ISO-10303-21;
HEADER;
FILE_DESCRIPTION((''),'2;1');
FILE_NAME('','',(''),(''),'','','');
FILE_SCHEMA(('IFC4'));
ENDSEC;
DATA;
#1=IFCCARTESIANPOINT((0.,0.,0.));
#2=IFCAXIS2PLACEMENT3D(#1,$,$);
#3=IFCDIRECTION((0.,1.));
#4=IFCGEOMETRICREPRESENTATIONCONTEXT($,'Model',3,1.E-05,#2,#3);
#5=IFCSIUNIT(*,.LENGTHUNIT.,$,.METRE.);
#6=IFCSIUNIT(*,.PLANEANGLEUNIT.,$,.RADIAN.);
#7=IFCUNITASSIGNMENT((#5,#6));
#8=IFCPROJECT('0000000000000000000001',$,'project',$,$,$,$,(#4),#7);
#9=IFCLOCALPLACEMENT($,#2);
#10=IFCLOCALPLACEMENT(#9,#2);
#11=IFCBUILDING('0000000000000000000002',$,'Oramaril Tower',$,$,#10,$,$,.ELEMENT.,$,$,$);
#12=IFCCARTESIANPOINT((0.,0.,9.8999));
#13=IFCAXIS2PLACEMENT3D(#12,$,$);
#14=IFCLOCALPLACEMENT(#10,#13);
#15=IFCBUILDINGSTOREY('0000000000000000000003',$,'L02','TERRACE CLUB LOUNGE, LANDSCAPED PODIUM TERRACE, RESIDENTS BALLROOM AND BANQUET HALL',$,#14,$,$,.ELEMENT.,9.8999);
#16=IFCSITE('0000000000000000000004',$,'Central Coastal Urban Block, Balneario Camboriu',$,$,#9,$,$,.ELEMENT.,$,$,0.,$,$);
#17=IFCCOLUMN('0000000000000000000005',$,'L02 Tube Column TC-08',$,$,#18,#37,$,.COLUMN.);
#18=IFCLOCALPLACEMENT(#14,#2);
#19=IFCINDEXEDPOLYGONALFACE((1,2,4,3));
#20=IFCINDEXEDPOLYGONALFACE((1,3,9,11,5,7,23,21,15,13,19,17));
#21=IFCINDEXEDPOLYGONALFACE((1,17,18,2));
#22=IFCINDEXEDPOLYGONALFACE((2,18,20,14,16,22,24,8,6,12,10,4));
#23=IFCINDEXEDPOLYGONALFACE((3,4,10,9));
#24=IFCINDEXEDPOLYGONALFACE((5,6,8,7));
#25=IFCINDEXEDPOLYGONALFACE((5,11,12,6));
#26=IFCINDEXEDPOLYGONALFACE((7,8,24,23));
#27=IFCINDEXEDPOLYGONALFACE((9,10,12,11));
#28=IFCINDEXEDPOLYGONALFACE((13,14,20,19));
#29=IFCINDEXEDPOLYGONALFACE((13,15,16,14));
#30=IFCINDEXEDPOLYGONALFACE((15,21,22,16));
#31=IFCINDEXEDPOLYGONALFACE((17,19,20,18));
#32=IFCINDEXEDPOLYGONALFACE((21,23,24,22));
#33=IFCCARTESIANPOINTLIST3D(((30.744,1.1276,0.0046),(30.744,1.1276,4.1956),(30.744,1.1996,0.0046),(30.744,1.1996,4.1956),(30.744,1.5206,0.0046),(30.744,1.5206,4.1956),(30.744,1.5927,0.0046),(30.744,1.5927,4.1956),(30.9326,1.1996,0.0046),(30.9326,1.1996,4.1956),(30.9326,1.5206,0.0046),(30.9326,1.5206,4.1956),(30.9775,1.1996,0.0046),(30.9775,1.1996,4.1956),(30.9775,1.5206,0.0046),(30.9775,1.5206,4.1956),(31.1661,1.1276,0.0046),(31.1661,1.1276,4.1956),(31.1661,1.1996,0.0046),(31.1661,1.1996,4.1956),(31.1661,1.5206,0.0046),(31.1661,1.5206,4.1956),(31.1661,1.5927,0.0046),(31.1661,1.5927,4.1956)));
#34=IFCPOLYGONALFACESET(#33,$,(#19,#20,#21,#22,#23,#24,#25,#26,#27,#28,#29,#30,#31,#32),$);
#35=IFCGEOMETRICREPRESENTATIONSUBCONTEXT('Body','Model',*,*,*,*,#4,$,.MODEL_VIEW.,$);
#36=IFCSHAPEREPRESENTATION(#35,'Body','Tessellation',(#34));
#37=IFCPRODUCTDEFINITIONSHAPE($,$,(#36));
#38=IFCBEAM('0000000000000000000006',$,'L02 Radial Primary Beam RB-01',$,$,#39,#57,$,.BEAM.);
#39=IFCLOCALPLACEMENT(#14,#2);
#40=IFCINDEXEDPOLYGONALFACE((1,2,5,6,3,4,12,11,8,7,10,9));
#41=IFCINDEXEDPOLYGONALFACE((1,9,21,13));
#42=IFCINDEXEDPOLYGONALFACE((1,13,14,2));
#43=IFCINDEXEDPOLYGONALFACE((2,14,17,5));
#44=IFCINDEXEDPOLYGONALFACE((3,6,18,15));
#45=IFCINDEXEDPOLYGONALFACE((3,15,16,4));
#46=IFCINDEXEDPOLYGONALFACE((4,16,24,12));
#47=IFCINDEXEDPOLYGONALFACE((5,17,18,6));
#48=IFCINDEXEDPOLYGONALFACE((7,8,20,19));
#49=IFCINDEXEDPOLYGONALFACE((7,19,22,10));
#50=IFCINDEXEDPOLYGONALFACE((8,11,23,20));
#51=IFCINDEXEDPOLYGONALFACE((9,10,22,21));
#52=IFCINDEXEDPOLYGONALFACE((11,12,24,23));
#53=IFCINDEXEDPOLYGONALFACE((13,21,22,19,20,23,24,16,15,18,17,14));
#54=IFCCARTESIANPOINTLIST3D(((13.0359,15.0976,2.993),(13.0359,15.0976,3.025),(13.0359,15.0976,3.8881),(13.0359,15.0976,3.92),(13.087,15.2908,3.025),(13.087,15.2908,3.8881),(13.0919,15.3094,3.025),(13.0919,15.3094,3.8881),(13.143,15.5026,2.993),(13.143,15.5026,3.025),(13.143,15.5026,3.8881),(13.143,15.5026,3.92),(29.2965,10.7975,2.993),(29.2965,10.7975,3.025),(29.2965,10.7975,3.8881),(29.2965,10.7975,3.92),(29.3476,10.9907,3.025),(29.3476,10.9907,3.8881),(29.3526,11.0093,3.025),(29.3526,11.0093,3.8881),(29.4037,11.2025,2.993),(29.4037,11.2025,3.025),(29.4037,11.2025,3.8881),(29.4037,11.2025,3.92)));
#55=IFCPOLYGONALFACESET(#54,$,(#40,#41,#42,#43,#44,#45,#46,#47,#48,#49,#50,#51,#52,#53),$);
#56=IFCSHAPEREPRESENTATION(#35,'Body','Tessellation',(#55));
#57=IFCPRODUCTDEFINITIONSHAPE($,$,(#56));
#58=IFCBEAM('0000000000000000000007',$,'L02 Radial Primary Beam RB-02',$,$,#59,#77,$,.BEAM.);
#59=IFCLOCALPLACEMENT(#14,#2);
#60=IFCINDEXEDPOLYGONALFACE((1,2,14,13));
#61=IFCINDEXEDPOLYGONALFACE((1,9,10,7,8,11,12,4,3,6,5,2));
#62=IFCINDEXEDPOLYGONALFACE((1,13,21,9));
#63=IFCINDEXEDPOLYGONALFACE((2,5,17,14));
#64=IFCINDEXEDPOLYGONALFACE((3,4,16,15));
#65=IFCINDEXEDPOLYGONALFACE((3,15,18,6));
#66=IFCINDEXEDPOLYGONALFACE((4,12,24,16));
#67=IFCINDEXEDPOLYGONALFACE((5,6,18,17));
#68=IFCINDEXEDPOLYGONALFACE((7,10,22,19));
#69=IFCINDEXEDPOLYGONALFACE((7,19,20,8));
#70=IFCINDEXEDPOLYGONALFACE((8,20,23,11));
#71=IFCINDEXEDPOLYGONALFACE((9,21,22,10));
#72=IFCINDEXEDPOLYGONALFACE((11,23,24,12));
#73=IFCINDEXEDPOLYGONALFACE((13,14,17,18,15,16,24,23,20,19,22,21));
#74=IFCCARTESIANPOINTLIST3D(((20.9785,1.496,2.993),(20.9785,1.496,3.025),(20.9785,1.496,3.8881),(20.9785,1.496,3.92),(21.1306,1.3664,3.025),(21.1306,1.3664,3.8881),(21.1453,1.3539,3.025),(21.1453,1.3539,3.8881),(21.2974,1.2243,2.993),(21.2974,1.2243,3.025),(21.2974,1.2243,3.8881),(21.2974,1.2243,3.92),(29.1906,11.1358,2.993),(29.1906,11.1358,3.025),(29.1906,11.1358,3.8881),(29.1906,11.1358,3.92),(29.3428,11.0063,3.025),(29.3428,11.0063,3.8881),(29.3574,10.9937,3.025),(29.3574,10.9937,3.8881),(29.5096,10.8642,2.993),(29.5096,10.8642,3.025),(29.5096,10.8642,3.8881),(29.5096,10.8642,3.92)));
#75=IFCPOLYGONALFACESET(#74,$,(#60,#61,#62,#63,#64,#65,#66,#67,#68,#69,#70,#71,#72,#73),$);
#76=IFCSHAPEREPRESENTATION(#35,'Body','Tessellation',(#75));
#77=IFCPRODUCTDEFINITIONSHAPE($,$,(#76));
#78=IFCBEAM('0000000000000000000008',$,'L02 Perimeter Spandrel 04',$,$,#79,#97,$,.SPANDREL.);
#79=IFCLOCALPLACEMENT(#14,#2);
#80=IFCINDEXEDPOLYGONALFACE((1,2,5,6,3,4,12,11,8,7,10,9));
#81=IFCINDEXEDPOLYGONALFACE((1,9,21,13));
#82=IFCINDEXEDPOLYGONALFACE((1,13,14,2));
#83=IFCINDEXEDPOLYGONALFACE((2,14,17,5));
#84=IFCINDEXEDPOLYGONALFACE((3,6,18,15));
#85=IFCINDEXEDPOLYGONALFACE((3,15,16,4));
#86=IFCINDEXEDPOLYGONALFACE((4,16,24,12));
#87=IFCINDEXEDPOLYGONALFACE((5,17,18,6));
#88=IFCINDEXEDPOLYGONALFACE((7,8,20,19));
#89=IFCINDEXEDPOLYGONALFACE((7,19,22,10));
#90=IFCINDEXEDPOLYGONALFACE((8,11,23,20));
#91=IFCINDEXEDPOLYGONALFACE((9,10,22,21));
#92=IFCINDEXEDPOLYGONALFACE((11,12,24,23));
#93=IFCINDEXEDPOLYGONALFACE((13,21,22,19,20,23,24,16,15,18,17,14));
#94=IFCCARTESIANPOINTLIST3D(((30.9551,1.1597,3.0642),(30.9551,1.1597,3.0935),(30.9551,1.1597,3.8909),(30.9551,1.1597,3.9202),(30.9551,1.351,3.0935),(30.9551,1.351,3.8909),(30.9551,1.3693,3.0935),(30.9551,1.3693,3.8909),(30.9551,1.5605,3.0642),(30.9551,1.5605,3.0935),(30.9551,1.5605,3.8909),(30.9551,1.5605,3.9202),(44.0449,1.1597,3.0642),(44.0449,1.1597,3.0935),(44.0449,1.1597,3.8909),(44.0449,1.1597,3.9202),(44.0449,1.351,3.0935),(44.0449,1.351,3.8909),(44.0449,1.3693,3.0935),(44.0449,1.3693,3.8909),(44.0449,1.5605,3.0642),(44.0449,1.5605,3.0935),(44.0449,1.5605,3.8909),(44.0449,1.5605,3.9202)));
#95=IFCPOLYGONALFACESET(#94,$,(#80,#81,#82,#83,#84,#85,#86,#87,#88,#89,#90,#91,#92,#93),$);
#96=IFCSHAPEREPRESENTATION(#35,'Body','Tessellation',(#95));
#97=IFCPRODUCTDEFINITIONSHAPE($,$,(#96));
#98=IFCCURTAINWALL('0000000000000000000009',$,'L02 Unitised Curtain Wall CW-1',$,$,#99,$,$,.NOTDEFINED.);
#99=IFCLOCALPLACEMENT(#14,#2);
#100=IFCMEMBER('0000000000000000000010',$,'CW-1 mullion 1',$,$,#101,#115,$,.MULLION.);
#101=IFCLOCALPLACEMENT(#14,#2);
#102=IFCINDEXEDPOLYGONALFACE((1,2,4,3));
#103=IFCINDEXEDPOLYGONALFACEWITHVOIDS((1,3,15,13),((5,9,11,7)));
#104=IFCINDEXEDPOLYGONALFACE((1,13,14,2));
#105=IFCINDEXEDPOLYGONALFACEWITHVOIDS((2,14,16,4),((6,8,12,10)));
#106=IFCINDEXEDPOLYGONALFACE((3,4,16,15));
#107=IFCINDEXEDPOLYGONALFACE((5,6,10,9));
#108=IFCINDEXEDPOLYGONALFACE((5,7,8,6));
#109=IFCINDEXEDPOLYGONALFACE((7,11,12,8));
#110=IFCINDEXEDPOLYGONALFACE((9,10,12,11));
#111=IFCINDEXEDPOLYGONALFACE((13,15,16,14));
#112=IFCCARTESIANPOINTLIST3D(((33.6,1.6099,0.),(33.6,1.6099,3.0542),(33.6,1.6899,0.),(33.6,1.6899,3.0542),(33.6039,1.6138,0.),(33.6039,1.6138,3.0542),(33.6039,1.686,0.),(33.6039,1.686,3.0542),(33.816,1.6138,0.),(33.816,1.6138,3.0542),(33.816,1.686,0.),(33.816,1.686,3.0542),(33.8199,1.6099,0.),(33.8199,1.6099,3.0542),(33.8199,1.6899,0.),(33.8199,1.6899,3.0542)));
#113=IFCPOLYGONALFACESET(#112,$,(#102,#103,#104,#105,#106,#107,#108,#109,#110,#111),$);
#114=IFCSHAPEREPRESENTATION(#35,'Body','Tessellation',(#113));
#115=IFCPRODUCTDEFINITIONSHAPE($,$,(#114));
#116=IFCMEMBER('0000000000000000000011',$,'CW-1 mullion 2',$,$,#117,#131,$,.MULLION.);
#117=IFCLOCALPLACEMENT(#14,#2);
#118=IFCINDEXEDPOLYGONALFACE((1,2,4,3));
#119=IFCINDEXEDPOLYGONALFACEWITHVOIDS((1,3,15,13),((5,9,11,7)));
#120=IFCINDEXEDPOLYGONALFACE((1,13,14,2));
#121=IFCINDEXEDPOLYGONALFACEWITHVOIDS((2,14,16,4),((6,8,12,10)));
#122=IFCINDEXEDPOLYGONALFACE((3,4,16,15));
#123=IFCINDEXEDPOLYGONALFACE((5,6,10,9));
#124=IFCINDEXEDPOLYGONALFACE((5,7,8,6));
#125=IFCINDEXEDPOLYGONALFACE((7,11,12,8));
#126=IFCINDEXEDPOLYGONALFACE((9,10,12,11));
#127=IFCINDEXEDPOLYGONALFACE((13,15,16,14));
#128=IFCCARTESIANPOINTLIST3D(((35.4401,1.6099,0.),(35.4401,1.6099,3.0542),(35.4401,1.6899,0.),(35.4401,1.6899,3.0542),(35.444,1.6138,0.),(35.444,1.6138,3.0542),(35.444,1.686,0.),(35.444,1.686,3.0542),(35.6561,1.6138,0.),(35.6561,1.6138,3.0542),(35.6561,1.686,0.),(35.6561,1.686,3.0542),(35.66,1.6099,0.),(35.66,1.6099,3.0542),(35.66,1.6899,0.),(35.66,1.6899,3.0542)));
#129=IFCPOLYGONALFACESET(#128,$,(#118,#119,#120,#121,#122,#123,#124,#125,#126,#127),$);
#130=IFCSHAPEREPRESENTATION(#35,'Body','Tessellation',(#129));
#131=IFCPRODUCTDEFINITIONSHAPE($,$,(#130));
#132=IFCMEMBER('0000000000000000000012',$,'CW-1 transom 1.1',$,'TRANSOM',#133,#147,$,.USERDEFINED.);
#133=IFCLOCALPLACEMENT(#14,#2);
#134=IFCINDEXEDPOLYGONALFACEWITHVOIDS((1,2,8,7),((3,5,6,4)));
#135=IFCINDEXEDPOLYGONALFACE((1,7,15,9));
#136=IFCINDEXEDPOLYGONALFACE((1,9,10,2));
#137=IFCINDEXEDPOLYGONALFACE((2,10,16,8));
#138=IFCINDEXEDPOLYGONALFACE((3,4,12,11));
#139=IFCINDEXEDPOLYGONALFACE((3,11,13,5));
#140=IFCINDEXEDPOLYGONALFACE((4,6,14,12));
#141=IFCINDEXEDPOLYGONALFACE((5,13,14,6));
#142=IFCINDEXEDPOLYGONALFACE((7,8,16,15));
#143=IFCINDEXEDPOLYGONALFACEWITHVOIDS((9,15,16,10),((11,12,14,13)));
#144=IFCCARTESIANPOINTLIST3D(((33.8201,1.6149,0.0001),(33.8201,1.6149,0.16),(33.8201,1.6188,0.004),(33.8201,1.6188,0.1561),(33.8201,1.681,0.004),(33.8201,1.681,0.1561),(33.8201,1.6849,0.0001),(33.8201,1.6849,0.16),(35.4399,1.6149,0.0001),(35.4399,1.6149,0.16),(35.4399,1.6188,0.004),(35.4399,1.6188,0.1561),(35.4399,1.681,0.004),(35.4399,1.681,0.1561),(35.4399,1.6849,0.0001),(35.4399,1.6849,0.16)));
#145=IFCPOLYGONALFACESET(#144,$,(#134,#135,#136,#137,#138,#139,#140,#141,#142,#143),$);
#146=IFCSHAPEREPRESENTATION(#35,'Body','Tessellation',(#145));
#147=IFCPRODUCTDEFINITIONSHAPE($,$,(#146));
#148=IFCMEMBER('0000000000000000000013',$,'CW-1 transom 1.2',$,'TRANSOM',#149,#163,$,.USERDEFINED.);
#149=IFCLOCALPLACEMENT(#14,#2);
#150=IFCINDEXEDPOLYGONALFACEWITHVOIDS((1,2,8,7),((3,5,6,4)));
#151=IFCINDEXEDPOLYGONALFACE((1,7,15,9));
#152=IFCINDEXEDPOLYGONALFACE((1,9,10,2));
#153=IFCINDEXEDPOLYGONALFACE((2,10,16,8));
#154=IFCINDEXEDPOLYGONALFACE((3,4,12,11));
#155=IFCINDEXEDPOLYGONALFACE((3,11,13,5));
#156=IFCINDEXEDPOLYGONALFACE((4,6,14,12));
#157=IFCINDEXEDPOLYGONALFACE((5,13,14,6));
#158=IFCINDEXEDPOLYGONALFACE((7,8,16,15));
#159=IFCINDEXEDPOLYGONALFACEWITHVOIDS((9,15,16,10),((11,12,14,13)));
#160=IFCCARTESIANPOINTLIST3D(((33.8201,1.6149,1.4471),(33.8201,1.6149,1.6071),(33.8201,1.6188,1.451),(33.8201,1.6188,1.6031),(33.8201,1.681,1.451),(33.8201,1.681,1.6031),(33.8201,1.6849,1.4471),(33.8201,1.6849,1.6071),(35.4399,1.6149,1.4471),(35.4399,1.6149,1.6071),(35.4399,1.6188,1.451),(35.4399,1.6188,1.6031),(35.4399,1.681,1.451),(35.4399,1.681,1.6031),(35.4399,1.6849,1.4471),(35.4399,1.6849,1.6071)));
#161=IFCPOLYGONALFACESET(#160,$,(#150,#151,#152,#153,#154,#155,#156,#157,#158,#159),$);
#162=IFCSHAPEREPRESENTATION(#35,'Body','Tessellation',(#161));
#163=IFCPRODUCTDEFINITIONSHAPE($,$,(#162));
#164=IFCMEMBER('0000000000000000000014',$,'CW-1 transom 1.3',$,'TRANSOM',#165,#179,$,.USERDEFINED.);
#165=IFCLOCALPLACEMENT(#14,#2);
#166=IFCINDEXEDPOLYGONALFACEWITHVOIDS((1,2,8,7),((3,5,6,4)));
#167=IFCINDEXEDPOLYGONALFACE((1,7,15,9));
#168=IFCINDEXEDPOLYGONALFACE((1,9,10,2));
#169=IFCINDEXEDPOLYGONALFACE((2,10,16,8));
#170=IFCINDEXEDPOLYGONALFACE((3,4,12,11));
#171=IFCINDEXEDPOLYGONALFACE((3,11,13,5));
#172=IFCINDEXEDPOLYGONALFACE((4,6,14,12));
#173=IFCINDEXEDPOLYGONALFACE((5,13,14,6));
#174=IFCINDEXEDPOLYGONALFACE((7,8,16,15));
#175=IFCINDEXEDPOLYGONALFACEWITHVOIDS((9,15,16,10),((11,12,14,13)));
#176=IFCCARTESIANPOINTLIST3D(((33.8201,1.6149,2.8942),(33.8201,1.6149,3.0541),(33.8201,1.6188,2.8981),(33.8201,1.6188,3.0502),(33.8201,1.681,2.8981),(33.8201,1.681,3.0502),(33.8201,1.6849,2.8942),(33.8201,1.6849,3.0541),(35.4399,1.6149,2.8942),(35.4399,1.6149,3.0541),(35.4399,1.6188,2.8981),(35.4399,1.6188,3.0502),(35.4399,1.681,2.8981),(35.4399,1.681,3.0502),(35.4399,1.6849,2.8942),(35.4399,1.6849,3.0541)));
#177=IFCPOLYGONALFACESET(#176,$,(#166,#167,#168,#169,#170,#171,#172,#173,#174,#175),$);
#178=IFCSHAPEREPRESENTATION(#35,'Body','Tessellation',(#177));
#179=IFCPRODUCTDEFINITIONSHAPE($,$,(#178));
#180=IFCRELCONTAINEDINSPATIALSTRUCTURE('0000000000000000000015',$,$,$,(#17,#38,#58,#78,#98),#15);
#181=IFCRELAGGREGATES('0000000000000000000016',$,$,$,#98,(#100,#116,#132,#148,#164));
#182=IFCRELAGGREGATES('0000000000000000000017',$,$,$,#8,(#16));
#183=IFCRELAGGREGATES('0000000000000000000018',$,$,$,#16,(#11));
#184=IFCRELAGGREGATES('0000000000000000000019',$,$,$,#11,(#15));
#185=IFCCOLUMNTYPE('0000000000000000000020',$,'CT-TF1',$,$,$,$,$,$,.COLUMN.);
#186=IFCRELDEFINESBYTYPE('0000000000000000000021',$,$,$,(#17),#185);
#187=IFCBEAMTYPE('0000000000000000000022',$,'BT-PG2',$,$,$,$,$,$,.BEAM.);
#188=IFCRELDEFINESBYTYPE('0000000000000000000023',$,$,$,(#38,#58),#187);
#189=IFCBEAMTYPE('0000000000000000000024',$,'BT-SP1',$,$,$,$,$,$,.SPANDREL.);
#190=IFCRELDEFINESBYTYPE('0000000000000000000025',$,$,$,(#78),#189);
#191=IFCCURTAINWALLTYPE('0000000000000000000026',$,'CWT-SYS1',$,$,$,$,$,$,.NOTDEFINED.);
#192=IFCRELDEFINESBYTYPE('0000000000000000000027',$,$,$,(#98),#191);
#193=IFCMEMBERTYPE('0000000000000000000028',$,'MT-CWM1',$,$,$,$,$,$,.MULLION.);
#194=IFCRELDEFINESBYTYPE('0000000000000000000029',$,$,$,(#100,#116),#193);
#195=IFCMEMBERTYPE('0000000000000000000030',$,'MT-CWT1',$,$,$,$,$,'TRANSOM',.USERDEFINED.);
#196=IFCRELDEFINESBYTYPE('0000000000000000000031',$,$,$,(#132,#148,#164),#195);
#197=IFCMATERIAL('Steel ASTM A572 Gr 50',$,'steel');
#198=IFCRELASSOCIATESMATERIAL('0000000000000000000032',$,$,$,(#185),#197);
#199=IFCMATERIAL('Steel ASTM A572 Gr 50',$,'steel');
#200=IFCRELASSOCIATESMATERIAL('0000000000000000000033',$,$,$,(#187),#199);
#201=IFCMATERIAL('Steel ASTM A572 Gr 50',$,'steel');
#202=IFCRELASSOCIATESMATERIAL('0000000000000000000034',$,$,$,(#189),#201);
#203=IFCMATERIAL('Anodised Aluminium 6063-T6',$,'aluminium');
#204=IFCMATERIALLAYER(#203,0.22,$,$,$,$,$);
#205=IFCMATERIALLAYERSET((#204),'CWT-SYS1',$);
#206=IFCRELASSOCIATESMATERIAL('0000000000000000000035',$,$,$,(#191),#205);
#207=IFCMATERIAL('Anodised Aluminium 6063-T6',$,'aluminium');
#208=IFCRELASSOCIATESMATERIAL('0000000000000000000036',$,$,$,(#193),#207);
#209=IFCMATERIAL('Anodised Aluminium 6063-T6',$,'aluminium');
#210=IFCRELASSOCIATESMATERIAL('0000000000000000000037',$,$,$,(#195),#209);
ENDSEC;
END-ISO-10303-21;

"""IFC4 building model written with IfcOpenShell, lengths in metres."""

from ifc_helpers import new_model, si_unit, direction, frame, origin, origin_2d, place, context, subcontext, project, spatial, hollow_rectangle, i_section, extrude, material, layer, layer_set, material_profile, profile_set, type_object, element, aggregate, save


model = new_model("IFC4")

# Units and contexts
model_context = context("Model", 3, precision=1e-05, world=origin(), true_north=direction((0.0, 1.0)))
body_context = subcontext(model_context, "Body", "Model", "MODEL_VIEW")
ifc_project = project(units=[si_unit("LENGTHUNIT", "METRE"), si_unit("PLANEANGLEUNIT", "RADIAN")], contexts=[model_context])

# Site, building, storey
site_placement = place(None, origin())
site = spatial("IfcSite", under=ifc_project, at=site_placement, Name="Central Coastal Urban Block, Balneario Camboriu", CompositionType="ELEMENT", RefElevation=0.0)
building_placement = place(site_placement, origin())
building = spatial("IfcBuilding", under=site, at=building_placement, Name="Oramaril Tower", CompositionType="ELEMENT")
storey_placement = place(building_placement, frame((0.0, 0.0, 9.8999)))
storey = spatial("IfcBuildingStorey", under=building, at=storey_placement, Name="L02", Description="TERRACE CLUB LOUNGE, LANDSCAPED PODIUM TERRACE, RESIDENTS BALLROOM AND BANQUET HALL", CompositionType="ELEMENT", Elevation=9.8999)

# Column
ifc_material_1 = material(Name="Steel ASTM A572 Gr 50", Category="steel")
ifc_material_profile_1 = material_profile(ifc_material_1, i_section(OverallWidth=0.4221, OverallDepth=0.4651, WebThickness=0.0449, FlangeThickness=0.072, at=origin_2d()), Name="W14X398")
ifc_profile_set_1 = profile_set([ifc_material_profile_1], Name="Steel ASTM A572 Gr 50")
column_type = type_object("IfcColumnType", Name="CT-TF1", PredefinedType="COLUMN", material=ifc_profile_set_1)
column_placement = place(storey_placement, frame((30.9551, 1.3601, 0.0046), z_axis=(0.0, 0.0, 1.0), x_axis=(1.0, 0.0, 0.0)))
element("IfcColumn", 1, at=column_placement, inside=storey, type_object=column_type, Name="L02 Tube Column TC-08", PredefinedType="COLUMN", context=body_context, shape_type="SweptSolid", body=[
    extrude(i_section(OverallWidth=0.4221, OverallDepth=0.4651, WebThickness=0.0449, FlangeThickness=0.072, at=origin_2d()), origin(), (0.0, 0.0, 1.0), 4.1909),
])

# Beams
ifc_material_2 = material(Name="Steel ASTM A572 Gr 50", Category="steel")
ifc_material_profile_2 = material_profile(ifc_material_2, i_section(OverallWidth=0.4189, OverallDepth=0.927, WebThickness=0.0193, FlangeThickness=0.032, at=origin_2d()), Name="W36X231")
ifc_profile_set_2 = profile_set([ifc_material_profile_2], Name="Steel ASTM A572 Gr 50")
beam_type_1 = type_object("IfcBeamType", Name="BT-PG2", PredefinedType="BEAM", material=ifc_profile_set_2)
beam_1_placement = place(storey_placement, frame((29.3501, 11.0, 3.4565), z_axis=(-0.966767, 0.255659, 0.0), x_axis=(-0.255659, -0.966767, 0.0)))
element("IfcBeam", 2, at=beam_1_placement, inside=storey, type_object=beam_type_1, Name="L02 Radial Primary Beam RB-01", PredefinedType="BEAM", context=body_context, shape_type="SweptSolid", body=[
    extrude(i_section(OverallWidth=0.4189, OverallDepth=0.927, WebThickness=0.0193, FlangeThickness=0.032, at=origin_2d()), origin(), (0.0, 0.0, 1.0), 16.8196),
])
beam_2_placement = place(storey_placement, frame((29.3501, 11.0, 3.4565), z_axis=(-0.648485, -0.761228, 0.0), x_axis=(0.761228, -0.648485, 0.0)))
element("IfcBeam", 3, at=beam_2_placement, inside=storey, type_object=beam_type_1, Name="L02 Radial Primary Beam RB-02", PredefinedType="BEAM", context=body_context, shape_type="SweptSolid", body=[
    extrude(i_section(OverallWidth=0.4189, OverallDepth=0.927, WebThickness=0.0193, FlangeThickness=0.032, at=origin_2d()), origin(), (0.0, 0.0, 1.0), 12.6636),
])
ifc_material_3 = material(Name="Steel ASTM A572 Gr 50", Category="steel")
ifc_material_profile_3 = material_profile(ifc_material_3, i_section(OverallWidth=0.4009, OverallDepth=0.856, WebThickness=0.0183, FlangeThickness=0.0293, at=origin_2d()), Name="W33X201")
ifc_profile_set_3 = profile_set([ifc_material_profile_3], Name="Steel ASTM A572 Gr 50")
beam_type_2 = type_object("IfcBeamType", Name="BT-SP1", PredefinedType="SPANDREL", material=ifc_profile_set_3)
beam_3_placement = place(storey_placement, frame((30.9551, 1.3601, 3.4922), z_axis=(1.0, 0.0, 0.0), x_axis=(0.0, 1.0, 0.0)))
element("IfcBeam", 4, at=beam_3_placement, inside=storey, type_object=beam_type_2, Name="L02 Perimeter Spandrel 04", PredefinedType="SPANDREL", context=body_context, shape_type="SweptSolid", body=[
    extrude(i_section(OverallWidth=0.4009, OverallDepth=0.856, WebThickness=0.0183, FlangeThickness=0.0293, at=origin_2d()), origin(), (0.0, 0.0, 1.0), 13.0898),
])

# Curtain wall, members
ifc_material_4 = material(Name="Anodised Aluminium 6063-T6", Category="aluminium")
ifc_layer_1 = layer(ifc_material_4, 0.22)
ifc_layer_set_1 = layer_set([ifc_layer_1], Name="CWT-SYS1")
curtain_wall_type = type_object("IfcCurtainWallType", Name="CWT-SYS1", PredefinedType="NOTDEFINED", material=ifc_layer_set_1)
curtain_wall_placement = place(storey_placement, origin())
curtain_wall = element("IfcCurtainWall", 5, at=curtain_wall_placement, inside=storey, type_object=curtain_wall_type, Name="L02 Unitised Curtain Wall CW-1", PredefinedType="NOTDEFINED")
ifc_material_5 = material(Name="Anodised Aluminium 6063-T6", Category="aluminium")
ifc_material_profile_4 = material_profile(ifc_material_5, hollow_rectangle(XDim=0.0801, YDim=0.22, WallThickness=0.0039, at=origin_2d()), Name="CWM220X80")
ifc_profile_set_4 = profile_set([ifc_material_profile_4], Name="Anodised Aluminium 6063-T6")
member_type_1 = type_object("IfcMemberType", Name="MT-CWM1", PredefinedType="MULLION", material=ifc_profile_set_4)
member_1_placement = place(storey_placement, frame((33.71, 1.6499, 0.0), z_axis=(0.0, 0.0, 1.0), x_axis=(0.0, 1.0, 0.0)))
member_1 = element("IfcMember", 6, at=member_1_placement, type_object=member_type_1, Name="CW-1 mullion 1", PredefinedType="MULLION", context=body_context, shape_type="SweptSolid", body=[
    extrude(hollow_rectangle(XDim=0.0801, YDim=0.22, WallThickness=0.0039, at=origin_2d()), origin(), (0.0, 0.0, 1.0), 3.0542),
])
member_2_placement = place(storey_placement, frame((35.55, 1.6499, 0.0), z_axis=(0.0, 0.0, 1.0), x_axis=(0.0, 1.0, 0.0)))
member_2 = element("IfcMember", 7, at=member_2_placement, type_object=member_type_1, Name="CW-1 mullion 2", PredefinedType="MULLION", context=body_context, shape_type="SweptSolid", body=[
    extrude(hollow_rectangle(XDim=0.0801, YDim=0.22, WallThickness=0.0039, at=origin_2d()), origin(), (0.0, 0.0, 1.0), 3.0542),
])
ifc_material_6 = material(Name="Anodised Aluminium 6063-T6", Category="aluminium")
ifc_material_profile_5 = material_profile(ifc_material_6, hollow_rectangle(XDim=0.0701, YDim=0.1599, WallThickness=0.0039, at=origin_2d()), Name="CWT160X70")
ifc_profile_set_5 = profile_set([ifc_material_profile_5], Name="Anodised Aluminium 6063-T6")
member_type_2 = type_object("IfcMemberType", Name="MT-CWT1", ElementType="TRANSOM", PredefinedType="USERDEFINED", material=ifc_profile_set_5)
member_3_placement = place(storey_placement, frame((33.8201, 1.6499, 0.0801), z_axis=(1.0, 0.0, 0.0), x_axis=(0.0, 1.0, 0.0)))
member_3 = element("IfcMember", 8, at=member_3_placement, type_object=member_type_2, Name="CW-1 transom 1.1", ObjectType="TRANSOM", PredefinedType="USERDEFINED", context=body_context, shape_type="SweptSolid", body=[
    extrude(hollow_rectangle(XDim=0.0701, YDim=0.1599, WallThickness=0.0039, at=origin_2d()), origin(), (0.0, 0.0, 1.0), 1.6199),
])
member_4_placement = place(storey_placement, frame((33.8201, 1.6499, 1.5271), z_axis=(1.0, 0.0, 0.0), x_axis=(0.0, 1.0, 0.0)))
member_4 = element("IfcMember", 9, at=member_4_placement, type_object=member_type_2, Name="CW-1 transom 1.2", ObjectType="TRANSOM", PredefinedType="USERDEFINED", context=body_context, shape_type="SweptSolid", body=[
    extrude(hollow_rectangle(XDim=0.0701, YDim=0.1599, WallThickness=0.0039, at=origin_2d()), origin(), (0.0, 0.0, 1.0), 1.6199),
])
member_5_placement = place(storey_placement, frame((33.8201, 1.6499, 2.9741), z_axis=(1.0, 0.0, 0.0), x_axis=(0.0, 1.0, 0.0)))
member_5 = element("IfcMember", 10, at=member_5_placement, type_object=member_type_2, Name="CW-1 transom 1.3", ObjectType="TRANSOM", PredefinedType="USERDEFINED", context=body_context, shape_type="SweptSolid", body=[
    extrude(hollow_rectangle(XDim=0.0701, YDim=0.1599, WallThickness=0.0039, at=origin_2d()), origin(), (0.0, 0.0, 1.0), 1.6199),
])
aggregate(curtain_wall, [member_1, member_2, member_3, member_4, member_5])

save(model, "model.ifc")
